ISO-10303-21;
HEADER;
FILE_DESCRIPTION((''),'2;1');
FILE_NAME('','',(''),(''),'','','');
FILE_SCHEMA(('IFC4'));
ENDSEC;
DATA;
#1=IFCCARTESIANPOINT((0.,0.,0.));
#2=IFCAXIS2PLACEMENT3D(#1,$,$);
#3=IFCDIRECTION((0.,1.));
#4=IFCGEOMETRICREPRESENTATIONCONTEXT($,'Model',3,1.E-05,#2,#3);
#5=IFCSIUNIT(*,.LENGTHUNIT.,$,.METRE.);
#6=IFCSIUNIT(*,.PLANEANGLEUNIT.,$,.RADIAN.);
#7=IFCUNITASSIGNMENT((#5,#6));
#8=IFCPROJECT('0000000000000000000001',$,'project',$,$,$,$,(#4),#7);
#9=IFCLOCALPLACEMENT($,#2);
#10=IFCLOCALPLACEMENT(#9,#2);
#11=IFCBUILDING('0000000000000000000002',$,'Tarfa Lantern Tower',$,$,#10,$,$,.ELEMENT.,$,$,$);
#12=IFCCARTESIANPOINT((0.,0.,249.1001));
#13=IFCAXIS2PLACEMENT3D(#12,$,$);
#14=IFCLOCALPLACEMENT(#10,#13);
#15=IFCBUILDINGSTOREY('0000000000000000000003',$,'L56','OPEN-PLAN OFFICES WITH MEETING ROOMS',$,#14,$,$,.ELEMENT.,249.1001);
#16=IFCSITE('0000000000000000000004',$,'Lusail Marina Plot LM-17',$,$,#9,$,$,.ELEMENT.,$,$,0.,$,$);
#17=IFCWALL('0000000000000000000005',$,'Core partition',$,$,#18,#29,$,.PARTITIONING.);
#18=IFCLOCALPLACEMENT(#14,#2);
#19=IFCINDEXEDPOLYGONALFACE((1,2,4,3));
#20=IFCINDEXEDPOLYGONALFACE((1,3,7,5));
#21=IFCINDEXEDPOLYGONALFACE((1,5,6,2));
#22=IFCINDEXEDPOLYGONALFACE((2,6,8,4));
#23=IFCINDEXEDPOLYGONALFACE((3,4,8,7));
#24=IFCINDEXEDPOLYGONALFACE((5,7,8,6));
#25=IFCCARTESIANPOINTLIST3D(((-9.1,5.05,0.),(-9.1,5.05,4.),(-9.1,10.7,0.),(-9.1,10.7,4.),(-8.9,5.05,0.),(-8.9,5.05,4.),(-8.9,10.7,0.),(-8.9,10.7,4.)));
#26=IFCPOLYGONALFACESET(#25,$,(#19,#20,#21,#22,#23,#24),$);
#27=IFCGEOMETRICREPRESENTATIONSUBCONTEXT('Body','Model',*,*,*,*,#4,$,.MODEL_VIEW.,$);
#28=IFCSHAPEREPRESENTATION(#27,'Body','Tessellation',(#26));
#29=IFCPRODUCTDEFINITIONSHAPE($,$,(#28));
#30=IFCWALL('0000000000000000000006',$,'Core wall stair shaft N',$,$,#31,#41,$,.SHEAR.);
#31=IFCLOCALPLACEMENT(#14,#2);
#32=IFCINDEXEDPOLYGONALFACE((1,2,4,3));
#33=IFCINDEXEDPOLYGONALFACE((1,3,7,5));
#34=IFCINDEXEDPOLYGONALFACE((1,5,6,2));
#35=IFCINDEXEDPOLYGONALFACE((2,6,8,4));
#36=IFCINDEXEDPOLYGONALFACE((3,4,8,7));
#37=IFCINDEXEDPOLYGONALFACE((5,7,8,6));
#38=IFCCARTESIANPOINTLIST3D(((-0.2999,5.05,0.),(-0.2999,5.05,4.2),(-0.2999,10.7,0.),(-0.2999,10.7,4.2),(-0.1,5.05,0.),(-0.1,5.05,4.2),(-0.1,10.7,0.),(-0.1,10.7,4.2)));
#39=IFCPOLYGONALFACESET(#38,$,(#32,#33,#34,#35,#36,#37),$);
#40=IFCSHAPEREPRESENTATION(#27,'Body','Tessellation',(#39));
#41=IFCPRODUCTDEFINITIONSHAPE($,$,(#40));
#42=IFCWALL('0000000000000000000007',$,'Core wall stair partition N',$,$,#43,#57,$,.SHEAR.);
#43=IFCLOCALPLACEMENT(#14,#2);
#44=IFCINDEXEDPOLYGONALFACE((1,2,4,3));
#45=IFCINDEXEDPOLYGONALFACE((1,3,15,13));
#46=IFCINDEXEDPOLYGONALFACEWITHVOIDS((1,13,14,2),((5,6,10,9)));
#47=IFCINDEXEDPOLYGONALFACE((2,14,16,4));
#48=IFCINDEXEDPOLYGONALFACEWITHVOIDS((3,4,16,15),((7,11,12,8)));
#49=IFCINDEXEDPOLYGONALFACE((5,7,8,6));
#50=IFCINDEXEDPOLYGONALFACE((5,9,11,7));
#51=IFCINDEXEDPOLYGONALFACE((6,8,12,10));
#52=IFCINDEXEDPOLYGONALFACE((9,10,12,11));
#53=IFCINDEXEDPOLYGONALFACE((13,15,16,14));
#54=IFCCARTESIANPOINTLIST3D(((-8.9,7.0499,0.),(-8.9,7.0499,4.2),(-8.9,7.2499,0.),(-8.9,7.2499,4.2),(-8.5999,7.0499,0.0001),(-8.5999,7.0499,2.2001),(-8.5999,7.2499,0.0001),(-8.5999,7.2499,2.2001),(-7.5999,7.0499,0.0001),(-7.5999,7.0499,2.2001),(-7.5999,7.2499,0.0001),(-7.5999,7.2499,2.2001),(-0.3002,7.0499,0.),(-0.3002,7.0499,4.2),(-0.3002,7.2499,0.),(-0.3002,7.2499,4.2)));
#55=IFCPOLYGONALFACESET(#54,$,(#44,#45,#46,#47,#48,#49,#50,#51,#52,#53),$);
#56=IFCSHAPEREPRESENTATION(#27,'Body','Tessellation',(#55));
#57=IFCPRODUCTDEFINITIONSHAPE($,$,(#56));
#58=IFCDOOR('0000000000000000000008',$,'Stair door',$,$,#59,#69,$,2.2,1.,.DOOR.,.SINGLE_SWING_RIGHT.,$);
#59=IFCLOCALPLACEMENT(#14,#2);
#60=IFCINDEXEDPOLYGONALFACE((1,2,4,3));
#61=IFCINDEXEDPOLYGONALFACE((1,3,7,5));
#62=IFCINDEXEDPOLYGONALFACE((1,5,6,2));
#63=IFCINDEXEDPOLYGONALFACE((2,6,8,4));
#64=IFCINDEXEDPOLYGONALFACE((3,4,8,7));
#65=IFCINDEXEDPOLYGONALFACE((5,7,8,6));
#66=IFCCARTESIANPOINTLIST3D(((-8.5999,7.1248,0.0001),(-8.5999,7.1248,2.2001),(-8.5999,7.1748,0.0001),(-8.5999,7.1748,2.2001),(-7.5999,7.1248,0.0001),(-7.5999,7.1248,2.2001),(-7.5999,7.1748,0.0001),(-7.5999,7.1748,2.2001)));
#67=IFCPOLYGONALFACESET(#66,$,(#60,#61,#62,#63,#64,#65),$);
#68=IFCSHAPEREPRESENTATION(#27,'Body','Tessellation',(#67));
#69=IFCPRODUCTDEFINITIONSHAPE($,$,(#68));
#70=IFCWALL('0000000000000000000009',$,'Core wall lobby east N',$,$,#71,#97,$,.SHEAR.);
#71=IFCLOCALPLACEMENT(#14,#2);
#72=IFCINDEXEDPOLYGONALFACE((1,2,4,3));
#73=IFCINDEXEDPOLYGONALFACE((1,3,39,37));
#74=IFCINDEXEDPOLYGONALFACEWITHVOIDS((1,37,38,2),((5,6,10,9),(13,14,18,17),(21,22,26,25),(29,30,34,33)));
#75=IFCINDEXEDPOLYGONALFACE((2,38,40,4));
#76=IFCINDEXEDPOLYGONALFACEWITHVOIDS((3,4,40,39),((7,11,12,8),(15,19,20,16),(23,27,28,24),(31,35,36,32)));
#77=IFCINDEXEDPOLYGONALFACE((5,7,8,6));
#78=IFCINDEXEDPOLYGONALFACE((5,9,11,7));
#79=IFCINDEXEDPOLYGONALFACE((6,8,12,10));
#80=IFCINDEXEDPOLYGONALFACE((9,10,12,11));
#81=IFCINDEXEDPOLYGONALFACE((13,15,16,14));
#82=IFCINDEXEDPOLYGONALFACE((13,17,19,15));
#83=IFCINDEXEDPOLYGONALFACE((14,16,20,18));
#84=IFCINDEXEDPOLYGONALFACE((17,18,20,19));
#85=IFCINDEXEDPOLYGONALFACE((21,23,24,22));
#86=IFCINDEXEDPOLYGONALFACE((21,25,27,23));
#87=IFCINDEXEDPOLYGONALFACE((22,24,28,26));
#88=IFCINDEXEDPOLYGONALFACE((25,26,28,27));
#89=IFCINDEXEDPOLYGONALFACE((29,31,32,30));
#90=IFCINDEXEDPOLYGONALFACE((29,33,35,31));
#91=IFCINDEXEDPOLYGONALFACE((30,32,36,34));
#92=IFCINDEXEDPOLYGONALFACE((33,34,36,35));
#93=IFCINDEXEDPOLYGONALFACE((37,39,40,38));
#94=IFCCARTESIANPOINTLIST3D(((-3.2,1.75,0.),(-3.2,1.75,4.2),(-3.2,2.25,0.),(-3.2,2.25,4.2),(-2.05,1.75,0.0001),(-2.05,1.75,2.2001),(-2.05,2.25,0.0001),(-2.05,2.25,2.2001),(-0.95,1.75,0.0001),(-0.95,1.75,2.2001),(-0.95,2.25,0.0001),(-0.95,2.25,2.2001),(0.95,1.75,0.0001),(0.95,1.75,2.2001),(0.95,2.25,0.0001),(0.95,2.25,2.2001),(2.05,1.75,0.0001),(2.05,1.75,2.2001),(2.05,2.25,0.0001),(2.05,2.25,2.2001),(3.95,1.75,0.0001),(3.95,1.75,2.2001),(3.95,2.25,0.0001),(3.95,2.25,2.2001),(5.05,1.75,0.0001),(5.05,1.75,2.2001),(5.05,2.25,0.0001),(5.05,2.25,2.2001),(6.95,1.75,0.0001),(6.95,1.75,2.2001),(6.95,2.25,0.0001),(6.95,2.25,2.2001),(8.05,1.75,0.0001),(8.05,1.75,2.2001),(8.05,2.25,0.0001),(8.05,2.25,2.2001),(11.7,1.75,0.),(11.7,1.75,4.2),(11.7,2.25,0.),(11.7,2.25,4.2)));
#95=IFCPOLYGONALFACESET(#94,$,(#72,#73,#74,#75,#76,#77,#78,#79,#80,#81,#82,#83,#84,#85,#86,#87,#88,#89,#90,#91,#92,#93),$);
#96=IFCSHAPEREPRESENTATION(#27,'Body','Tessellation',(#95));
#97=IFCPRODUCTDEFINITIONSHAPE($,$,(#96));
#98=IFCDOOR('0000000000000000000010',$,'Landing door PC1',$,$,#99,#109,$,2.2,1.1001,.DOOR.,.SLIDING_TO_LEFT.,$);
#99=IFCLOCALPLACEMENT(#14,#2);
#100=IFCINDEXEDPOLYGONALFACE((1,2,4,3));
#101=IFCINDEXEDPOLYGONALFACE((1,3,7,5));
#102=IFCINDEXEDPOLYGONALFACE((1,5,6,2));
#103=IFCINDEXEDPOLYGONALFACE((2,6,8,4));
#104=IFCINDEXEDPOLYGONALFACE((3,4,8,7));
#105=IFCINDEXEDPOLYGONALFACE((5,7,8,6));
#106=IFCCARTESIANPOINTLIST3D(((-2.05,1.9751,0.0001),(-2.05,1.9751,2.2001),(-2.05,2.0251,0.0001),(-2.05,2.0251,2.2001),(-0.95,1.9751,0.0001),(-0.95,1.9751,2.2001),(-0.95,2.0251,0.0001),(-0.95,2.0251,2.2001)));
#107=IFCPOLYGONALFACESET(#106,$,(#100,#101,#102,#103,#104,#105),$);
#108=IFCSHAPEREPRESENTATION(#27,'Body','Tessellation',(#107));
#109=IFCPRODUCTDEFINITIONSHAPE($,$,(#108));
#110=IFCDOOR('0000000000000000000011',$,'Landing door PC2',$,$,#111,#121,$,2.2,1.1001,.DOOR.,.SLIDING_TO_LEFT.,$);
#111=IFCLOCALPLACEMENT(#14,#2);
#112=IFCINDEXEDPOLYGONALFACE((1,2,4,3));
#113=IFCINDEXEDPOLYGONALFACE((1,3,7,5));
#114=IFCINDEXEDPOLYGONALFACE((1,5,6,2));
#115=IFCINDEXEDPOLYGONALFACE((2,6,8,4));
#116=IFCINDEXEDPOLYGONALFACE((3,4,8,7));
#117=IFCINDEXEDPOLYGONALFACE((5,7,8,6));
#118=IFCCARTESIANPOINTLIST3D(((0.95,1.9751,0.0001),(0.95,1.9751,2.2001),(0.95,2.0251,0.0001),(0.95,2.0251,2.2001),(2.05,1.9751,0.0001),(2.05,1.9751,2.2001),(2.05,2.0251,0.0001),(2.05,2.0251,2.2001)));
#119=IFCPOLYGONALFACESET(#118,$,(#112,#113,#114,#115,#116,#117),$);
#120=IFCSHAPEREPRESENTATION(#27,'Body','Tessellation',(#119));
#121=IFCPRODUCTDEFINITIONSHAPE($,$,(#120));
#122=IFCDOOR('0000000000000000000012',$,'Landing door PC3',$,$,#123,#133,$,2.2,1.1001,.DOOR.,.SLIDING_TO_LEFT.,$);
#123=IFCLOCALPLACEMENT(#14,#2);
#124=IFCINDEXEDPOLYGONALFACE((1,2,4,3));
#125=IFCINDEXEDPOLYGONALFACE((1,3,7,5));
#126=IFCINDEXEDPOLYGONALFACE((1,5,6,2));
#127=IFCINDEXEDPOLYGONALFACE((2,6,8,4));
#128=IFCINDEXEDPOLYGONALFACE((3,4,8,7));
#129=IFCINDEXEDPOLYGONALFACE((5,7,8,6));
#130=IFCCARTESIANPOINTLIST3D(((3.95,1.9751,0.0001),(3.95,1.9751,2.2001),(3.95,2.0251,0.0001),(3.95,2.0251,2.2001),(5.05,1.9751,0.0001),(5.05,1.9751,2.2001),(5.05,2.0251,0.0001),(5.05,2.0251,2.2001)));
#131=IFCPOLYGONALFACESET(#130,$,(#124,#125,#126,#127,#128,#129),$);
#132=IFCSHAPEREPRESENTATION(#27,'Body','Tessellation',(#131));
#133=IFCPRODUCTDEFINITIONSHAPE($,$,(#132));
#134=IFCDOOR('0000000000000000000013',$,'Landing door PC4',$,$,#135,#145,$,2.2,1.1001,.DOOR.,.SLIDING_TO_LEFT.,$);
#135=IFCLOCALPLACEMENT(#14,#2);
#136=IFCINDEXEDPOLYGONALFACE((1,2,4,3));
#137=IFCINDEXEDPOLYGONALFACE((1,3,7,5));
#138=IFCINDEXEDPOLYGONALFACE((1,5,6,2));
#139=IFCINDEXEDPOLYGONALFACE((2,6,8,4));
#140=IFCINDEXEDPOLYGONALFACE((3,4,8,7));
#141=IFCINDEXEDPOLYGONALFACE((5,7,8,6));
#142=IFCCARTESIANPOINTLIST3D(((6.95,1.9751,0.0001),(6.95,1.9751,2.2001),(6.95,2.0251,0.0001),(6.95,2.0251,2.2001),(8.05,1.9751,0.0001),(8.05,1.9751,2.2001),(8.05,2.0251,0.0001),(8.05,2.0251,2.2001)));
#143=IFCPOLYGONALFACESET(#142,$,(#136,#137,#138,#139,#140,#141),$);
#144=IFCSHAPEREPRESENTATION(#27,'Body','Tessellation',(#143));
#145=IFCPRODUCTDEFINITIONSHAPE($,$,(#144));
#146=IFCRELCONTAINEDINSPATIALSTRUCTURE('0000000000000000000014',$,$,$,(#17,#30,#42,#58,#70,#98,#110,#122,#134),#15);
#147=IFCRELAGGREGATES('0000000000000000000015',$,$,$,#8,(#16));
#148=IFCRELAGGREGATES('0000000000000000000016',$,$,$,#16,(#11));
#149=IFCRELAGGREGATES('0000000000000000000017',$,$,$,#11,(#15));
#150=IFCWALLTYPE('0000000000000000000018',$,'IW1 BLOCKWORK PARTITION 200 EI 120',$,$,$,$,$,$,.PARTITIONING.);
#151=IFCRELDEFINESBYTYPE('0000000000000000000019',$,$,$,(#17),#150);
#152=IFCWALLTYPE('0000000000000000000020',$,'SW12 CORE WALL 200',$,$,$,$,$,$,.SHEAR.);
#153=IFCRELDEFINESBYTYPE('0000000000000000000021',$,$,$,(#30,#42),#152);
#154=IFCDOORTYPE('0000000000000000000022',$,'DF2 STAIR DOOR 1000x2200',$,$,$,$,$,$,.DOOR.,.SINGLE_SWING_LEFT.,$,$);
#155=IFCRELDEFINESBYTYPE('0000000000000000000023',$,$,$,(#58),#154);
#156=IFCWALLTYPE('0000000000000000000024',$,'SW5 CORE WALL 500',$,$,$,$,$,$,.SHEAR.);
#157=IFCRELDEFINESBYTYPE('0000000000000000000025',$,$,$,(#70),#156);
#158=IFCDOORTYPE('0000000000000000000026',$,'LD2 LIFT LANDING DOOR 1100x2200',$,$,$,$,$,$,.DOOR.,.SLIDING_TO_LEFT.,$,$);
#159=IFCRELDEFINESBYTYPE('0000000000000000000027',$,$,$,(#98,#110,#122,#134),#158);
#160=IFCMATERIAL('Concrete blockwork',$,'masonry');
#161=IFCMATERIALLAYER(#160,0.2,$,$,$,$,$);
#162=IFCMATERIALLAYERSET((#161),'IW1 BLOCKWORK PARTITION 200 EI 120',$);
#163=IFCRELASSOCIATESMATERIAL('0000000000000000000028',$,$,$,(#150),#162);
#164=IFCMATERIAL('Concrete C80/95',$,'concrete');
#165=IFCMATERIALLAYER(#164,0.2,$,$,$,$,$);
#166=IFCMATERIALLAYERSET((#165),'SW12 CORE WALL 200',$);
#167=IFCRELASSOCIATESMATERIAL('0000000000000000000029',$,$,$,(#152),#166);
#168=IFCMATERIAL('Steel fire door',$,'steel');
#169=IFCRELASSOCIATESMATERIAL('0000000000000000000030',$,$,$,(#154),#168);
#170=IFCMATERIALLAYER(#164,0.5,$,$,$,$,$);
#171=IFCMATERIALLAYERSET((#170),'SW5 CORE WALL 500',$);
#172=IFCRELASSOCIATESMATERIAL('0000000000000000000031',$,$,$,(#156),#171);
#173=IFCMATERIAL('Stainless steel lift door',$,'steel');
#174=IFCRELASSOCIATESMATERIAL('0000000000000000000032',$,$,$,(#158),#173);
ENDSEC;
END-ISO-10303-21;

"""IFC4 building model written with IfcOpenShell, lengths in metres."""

from ifc_helpers import new_model, si_unit, direction, frame, frame_2d, origin, place, context, subcontext, project, spatial, rectangle, extrude, material, layer, layer_set, type_object, element, fill, save


model = new_model("IFC4")

# Units and contexts
model_context = context("Model", 3, precision=1e-05, world=origin(), true_north=direction((0.0, 1.0)))
body_context = subcontext(model_context, "Body", "Model", "MODEL_VIEW")
ifc_project = project(units=[si_unit("LENGTHUNIT", "METRE"), si_unit("PLANEANGLEUNIT", "RADIAN")], contexts=[model_context])

# Site, building, storey
site_placement = place(None, origin())
site = spatial("IfcSite", under=ifc_project, at=site_placement, Name="Lusail Marina Plot LM-17", CompositionType="ELEMENT", RefElevation=0.0)
building_placement = place(site_placement, origin())
building = spatial("IfcBuilding", under=site, at=building_placement, Name="Tarfa Lantern Tower", CompositionType="ELEMENT")
storey_placement = place(building_placement, frame((0.0, 0.0, 249.1001)))
storey = spatial("IfcBuildingStorey", under=building, at=storey_placement, Name="L56", Description="OPEN-PLAN OFFICES WITH MEETING ROOMS", CompositionType="ELEMENT", Elevation=249.1001)

# Walls
ifc_material_1 = material(Name="Concrete blockwork", Category="masonry")
ifc_layer_1 = layer(ifc_material_1, 0.2)
ifc_layer_set_1 = layer_set([ifc_layer_1], Name="IW1 BLOCKWORK PARTITION 200 EI 120")
wall_type_1 = type_object("IfcWallType", Name="IW1 BLOCKWORK PARTITION 200 EI 120", PredefinedType="PARTITIONING", material=ifc_layer_set_1)
wall_1_placement = place(storey_placement, frame((-9.0, 5.05, 0.0), z_axis=(0.0, 0.0, 1.0), x_axis=(0.0, 1.0, 0.0)))
element("IfcWall", 1, at=wall_1_placement, inside=storey, type_object=wall_type_1, Name="Core partition", PredefinedType="PARTITIONING", context=body_context, shape_type="SweptSolid", body=[
    extrude(rectangle(XDim=5.6499, YDim=0.2, at=frame_2d((2.825, 0.0))), origin(), (0.0, 0.0, 1.0), 4.0),
])
ifc_material_2 = material(Name="Concrete C80/95", Category="concrete")
ifc_layer_2 = layer(ifc_material_2, 0.2)
ifc_layer_set_2 = layer_set([ifc_layer_2], Name="SW12 CORE WALL 200")
wall_type_2 = type_object("IfcWallType", Name="SW12 CORE WALL 200", PredefinedType="SHEAR", material=ifc_layer_set_2)
wall_2_placement = place(storey_placement, frame((-0.2, 5.05, 0.0), z_axis=(0.0, 0.0, 1.0), x_axis=(0.0, 1.0, 0.0)))
element("IfcWall", 2, at=wall_2_placement, inside=storey, type_object=wall_type_2, Name="Core wall stair shaft N", PredefinedType="SHEAR", context=body_context, shape_type="SweptSolid", body=[
    extrude(rectangle(XDim=5.6499, YDim=0.2, at=frame_2d((2.825, 0.0))), origin(), (0.0, 0.0, 1.0), 4.2),
])

# Wall, opening, door
wall_3_placement = place(storey_placement, frame((-8.8999, 7.1499, 0.0), z_axis=(0.0, 0.0, 1.0), x_axis=(1.0, 0.0, 0.0)))
wall_3 = element("IfcWall", 3, at=wall_3_placement, inside=storey, type_object=wall_type_2, Name="Core wall stair partition N", PredefinedType="SHEAR", context=body_context, shape_type="SweptSolid", body=[
    extrude(rectangle(XDim=8.5999, YDim=0.2, at=frame_2d((4.2998, 0.0))), origin(), (0.0, 0.0, 1.0), 4.2),
])
opening_1_placement = place(wall_3_placement, frame((0.3, 0.0, 0.0)))
opening_1 = element("IfcOpeningElement", 4, at=opening_1_placement, cuts=wall_3, PredefinedType="OPENING", context=body_context, shape_type="SweptSolid", body=[
    extrude(rectangle(XDim=1.0, YDim=2.2, at=frame_2d((0.5, 1.1001))), frame((0.0, 0.1099, 0.0), z_axis=(0.0, -1.0, 0.0), x_axis=(1.0, 0.0, 0.0)), (0.0, 0.0, 1.0), 0.22),
])
ifc_material_3 = material(Name="Steel fire door", Category="steel")
door_type_1 = type_object("IfcDoorType", Name="DF2 STAIR DOOR 1000x2200", OperationType="SINGLE_SWING_LEFT", PredefinedType="DOOR", material=ifc_material_3)
door_1_placement = place(opening_1_placement, origin())
door_1 = element("IfcDoor", 5, at=door_1_placement, inside=storey, type_object=door_type_1, Name="Stair door", OperationType="SINGLE_SWING_RIGHT", OverallHeight=2.2, OverallWidth=1.0, PredefinedType="DOOR", context=body_context, shape_type="SweptSolid", body=[
    extrude(rectangle(XDim=1.0, YDim=2.2, at=frame_2d((0.5, 1.1001))), frame((0.0, 0.0249, 0.0), z_axis=(0.0, -1.0, 0.0), x_axis=(1.0, 0.0, 0.0)), (0.0, 0.0, 1.0), 0.05),
])
fill(opening_1, door_1)

# Wall, openings, doors
ifc_layer_3 = layer(ifc_material_2, 0.5)
ifc_layer_set_3 = layer_set([ifc_layer_3], Name="SW5 CORE WALL 500")
wall_type_3 = type_object("IfcWallType", Name="SW5 CORE WALL 500", PredefinedType="SHEAR", material=ifc_layer_set_3)
wall_4_placement = place(storey_placement, frame((-3.2, 2.0, 0.0), z_axis=(0.0, 0.0, 1.0), x_axis=(1.0, 0.0, 0.0)))
wall_4 = element("IfcWall", 6, at=wall_4_placement, inside=storey, type_object=wall_type_3, Name="Core wall lobby east N", PredefinedType="SHEAR", context=body_context, shape_type="SweptSolid", body=[
    extrude(rectangle(XDim=14.8999, YDim=0.5, at=frame_2d((7.45, 0.0))), origin(), (0.0, 0.0, 1.0), 4.2),
])
opening_2_placement = place(wall_4_placement, frame((1.1499, 0.0, 0.0)))
opening_2 = element("IfcOpeningElement", 7, at=opening_2_placement, cuts=wall_4, PredefinedType="OPENING", context=body_context, shape_type="SweptSolid", body=[
    extrude(rectangle(XDim=1.1001, YDim=2.2, at=frame_2d((0.55, 1.1001))), frame((0.0, 0.26, 0.0), z_axis=(0.0, -1.0, 0.0), x_axis=(1.0, 0.0, 0.0)), (0.0, 0.0, 1.0), 0.52),
])
opening_3_placement = place(wall_4_placement, frame((4.1499, 0.0, 0.0)))
opening_3 = element("IfcOpeningElement", 8, at=opening_3_placement, cuts=wall_4, PredefinedType="OPENING", context=body_context, shape_type="SweptSolid", body=[
    extrude(rectangle(XDim=1.1001, YDim=2.2, at=frame_2d((0.55, 1.1001))), frame((0.0, 0.26, 0.0), z_axis=(0.0, -1.0, 0.0), x_axis=(1.0, 0.0, 0.0)), (0.0, 0.0, 1.0), 0.52),
])
opening_4_placement = place(wall_4_placement, frame((7.1499, 0.0, 0.0)))
opening_4 = element("IfcOpeningElement", 9, at=opening_4_placement, cuts=wall_4, PredefinedType="OPENING", context=body_context, shape_type="SweptSolid", body=[
    extrude(rectangle(XDim=1.1001, YDim=2.2, at=frame_2d((0.55, 1.1001))), frame((0.0, 0.26, 0.0), z_axis=(0.0, -1.0, 0.0), x_axis=(1.0, 0.0, 0.0)), (0.0, 0.0, 1.0), 0.52),
])
opening_5_placement = place(wall_4_placement, frame((10.1499, 0.0, 0.0)))
opening_5 = element("IfcOpeningElement", 10, at=opening_5_placement, cuts=wall_4, PredefinedType="OPENING", context=body_context, shape_type="SweptSolid", body=[
    extrude(rectangle(XDim=1.1001, YDim=2.2, at=frame_2d((0.55, 1.1001))), frame((0.0, 0.26, 0.0), z_axis=(0.0, -1.0, 0.0), x_axis=(1.0, 0.0, 0.0)), (0.0, 0.0, 1.0), 0.52),
])
ifc_material_4 = material(Name="Stainless steel lift door", Category="steel")
door_type_2 = type_object("IfcDoorType", Name="LD2 LIFT LANDING DOOR 1100x2200", OperationType="SLIDING_TO_LEFT", PredefinedType="DOOR", material=ifc_material_4)
door_2_placement = place(opening_2_placement, frame((1.1001, 0.0, 0.0), z_axis=(0.0, 0.0, 1.0), x_axis=(-1.0, 0.0, 0.0)))
door_2 = element("IfcDoor", 11, at=door_2_placement, inside=storey, type_object=door_type_2, Name="Landing door PC1", OperationType="SLIDING_TO_LEFT", OverallHeight=2.2, OverallWidth=1.1001, PredefinedType="DOOR", context=body_context, shape_type="SweptSolid", body=[
    extrude(rectangle(XDim=1.1001, YDim=2.2, at=frame_2d((0.55, 1.1001))), frame((0.0, 0.0249, 0.0), z_axis=(0.0, -1.0, 0.0), x_axis=(1.0, 0.0, 0.0)), (0.0, 0.0, 1.0), 0.05),
])
fill(opening_2, door_2)
door_3_placement = place(opening_3_placement, frame((1.1001, 0.0, 0.0), z_axis=(0.0, 0.0, 1.0), x_axis=(-1.0, 0.0, 0.0)))
door_3 = element("IfcDoor", 12, at=door_3_placement, inside=storey, type_object=door_type_2, Name="Landing door PC2", OperationType="SLIDING_TO_LEFT", OverallHeight=2.2, OverallWidth=1.1001, PredefinedType="DOOR", context=body_context, shape_type="SweptSolid", body=[
    extrude(rectangle(XDim=1.1001, YDim=2.2, at=frame_2d((0.55, 1.1001))), frame((0.0, 0.0249, 0.0), z_axis=(0.0, -1.0, 0.0), x_axis=(1.0, 0.0, 0.0)), (0.0, 0.0, 1.0), 0.05),
])
fill(opening_3, door_3)
door_4_placement = place(opening_4_placement, frame((1.1001, 0.0, 0.0), z_axis=(0.0, 0.0, 1.0), x_axis=(-1.0, 0.0, 0.0)))
door_4 = element("IfcDoor", 13, at=door_4_placement, inside=storey, type_object=door_type_2, Name="Landing door PC3", OperationType="SLIDING_TO_LEFT", OverallHeight=2.2, OverallWidth=1.1001, PredefinedType="DOOR", context=body_context, shape_type="SweptSolid", body=[
    extrude(rectangle(XDim=1.1001, YDim=2.2, at=frame_2d((0.55, 1.1001))), frame((0.0, 0.0249, 0.0), z_axis=(0.0, -1.0, 0.0), x_axis=(1.0, 0.0, 0.0)), (0.0, 0.0, 1.0), 0.05),
])
fill(opening_4, door_4)
door_5_placement = place(opening_5_placement, frame((1.1001, 0.0, 0.0), z_axis=(0.0, 0.0, 1.0), x_axis=(-1.0, 0.0, 0.0)))
door_5 = element("IfcDoor", 14, at=door_5_placement, inside=storey, type_object=door_type_2, Name="Landing door PC4", OperationType="SLIDING_TO_LEFT", OverallHeight=2.2, OverallWidth=1.1001, PredefinedType="DOOR", context=body_context, shape_type="SweptSolid", body=[
    extrude(rectangle(XDim=1.1001, YDim=2.2, at=frame_2d((0.55, 1.1001))), frame((0.0, 0.0249, 0.0), z_axis=(0.0, -1.0, 0.0), x_axis=(1.0, 0.0, 0.0)), (0.0, 0.0, 1.0), 0.05),
])
fill(opening_5, door_5)

save(model, "model.ifc")
